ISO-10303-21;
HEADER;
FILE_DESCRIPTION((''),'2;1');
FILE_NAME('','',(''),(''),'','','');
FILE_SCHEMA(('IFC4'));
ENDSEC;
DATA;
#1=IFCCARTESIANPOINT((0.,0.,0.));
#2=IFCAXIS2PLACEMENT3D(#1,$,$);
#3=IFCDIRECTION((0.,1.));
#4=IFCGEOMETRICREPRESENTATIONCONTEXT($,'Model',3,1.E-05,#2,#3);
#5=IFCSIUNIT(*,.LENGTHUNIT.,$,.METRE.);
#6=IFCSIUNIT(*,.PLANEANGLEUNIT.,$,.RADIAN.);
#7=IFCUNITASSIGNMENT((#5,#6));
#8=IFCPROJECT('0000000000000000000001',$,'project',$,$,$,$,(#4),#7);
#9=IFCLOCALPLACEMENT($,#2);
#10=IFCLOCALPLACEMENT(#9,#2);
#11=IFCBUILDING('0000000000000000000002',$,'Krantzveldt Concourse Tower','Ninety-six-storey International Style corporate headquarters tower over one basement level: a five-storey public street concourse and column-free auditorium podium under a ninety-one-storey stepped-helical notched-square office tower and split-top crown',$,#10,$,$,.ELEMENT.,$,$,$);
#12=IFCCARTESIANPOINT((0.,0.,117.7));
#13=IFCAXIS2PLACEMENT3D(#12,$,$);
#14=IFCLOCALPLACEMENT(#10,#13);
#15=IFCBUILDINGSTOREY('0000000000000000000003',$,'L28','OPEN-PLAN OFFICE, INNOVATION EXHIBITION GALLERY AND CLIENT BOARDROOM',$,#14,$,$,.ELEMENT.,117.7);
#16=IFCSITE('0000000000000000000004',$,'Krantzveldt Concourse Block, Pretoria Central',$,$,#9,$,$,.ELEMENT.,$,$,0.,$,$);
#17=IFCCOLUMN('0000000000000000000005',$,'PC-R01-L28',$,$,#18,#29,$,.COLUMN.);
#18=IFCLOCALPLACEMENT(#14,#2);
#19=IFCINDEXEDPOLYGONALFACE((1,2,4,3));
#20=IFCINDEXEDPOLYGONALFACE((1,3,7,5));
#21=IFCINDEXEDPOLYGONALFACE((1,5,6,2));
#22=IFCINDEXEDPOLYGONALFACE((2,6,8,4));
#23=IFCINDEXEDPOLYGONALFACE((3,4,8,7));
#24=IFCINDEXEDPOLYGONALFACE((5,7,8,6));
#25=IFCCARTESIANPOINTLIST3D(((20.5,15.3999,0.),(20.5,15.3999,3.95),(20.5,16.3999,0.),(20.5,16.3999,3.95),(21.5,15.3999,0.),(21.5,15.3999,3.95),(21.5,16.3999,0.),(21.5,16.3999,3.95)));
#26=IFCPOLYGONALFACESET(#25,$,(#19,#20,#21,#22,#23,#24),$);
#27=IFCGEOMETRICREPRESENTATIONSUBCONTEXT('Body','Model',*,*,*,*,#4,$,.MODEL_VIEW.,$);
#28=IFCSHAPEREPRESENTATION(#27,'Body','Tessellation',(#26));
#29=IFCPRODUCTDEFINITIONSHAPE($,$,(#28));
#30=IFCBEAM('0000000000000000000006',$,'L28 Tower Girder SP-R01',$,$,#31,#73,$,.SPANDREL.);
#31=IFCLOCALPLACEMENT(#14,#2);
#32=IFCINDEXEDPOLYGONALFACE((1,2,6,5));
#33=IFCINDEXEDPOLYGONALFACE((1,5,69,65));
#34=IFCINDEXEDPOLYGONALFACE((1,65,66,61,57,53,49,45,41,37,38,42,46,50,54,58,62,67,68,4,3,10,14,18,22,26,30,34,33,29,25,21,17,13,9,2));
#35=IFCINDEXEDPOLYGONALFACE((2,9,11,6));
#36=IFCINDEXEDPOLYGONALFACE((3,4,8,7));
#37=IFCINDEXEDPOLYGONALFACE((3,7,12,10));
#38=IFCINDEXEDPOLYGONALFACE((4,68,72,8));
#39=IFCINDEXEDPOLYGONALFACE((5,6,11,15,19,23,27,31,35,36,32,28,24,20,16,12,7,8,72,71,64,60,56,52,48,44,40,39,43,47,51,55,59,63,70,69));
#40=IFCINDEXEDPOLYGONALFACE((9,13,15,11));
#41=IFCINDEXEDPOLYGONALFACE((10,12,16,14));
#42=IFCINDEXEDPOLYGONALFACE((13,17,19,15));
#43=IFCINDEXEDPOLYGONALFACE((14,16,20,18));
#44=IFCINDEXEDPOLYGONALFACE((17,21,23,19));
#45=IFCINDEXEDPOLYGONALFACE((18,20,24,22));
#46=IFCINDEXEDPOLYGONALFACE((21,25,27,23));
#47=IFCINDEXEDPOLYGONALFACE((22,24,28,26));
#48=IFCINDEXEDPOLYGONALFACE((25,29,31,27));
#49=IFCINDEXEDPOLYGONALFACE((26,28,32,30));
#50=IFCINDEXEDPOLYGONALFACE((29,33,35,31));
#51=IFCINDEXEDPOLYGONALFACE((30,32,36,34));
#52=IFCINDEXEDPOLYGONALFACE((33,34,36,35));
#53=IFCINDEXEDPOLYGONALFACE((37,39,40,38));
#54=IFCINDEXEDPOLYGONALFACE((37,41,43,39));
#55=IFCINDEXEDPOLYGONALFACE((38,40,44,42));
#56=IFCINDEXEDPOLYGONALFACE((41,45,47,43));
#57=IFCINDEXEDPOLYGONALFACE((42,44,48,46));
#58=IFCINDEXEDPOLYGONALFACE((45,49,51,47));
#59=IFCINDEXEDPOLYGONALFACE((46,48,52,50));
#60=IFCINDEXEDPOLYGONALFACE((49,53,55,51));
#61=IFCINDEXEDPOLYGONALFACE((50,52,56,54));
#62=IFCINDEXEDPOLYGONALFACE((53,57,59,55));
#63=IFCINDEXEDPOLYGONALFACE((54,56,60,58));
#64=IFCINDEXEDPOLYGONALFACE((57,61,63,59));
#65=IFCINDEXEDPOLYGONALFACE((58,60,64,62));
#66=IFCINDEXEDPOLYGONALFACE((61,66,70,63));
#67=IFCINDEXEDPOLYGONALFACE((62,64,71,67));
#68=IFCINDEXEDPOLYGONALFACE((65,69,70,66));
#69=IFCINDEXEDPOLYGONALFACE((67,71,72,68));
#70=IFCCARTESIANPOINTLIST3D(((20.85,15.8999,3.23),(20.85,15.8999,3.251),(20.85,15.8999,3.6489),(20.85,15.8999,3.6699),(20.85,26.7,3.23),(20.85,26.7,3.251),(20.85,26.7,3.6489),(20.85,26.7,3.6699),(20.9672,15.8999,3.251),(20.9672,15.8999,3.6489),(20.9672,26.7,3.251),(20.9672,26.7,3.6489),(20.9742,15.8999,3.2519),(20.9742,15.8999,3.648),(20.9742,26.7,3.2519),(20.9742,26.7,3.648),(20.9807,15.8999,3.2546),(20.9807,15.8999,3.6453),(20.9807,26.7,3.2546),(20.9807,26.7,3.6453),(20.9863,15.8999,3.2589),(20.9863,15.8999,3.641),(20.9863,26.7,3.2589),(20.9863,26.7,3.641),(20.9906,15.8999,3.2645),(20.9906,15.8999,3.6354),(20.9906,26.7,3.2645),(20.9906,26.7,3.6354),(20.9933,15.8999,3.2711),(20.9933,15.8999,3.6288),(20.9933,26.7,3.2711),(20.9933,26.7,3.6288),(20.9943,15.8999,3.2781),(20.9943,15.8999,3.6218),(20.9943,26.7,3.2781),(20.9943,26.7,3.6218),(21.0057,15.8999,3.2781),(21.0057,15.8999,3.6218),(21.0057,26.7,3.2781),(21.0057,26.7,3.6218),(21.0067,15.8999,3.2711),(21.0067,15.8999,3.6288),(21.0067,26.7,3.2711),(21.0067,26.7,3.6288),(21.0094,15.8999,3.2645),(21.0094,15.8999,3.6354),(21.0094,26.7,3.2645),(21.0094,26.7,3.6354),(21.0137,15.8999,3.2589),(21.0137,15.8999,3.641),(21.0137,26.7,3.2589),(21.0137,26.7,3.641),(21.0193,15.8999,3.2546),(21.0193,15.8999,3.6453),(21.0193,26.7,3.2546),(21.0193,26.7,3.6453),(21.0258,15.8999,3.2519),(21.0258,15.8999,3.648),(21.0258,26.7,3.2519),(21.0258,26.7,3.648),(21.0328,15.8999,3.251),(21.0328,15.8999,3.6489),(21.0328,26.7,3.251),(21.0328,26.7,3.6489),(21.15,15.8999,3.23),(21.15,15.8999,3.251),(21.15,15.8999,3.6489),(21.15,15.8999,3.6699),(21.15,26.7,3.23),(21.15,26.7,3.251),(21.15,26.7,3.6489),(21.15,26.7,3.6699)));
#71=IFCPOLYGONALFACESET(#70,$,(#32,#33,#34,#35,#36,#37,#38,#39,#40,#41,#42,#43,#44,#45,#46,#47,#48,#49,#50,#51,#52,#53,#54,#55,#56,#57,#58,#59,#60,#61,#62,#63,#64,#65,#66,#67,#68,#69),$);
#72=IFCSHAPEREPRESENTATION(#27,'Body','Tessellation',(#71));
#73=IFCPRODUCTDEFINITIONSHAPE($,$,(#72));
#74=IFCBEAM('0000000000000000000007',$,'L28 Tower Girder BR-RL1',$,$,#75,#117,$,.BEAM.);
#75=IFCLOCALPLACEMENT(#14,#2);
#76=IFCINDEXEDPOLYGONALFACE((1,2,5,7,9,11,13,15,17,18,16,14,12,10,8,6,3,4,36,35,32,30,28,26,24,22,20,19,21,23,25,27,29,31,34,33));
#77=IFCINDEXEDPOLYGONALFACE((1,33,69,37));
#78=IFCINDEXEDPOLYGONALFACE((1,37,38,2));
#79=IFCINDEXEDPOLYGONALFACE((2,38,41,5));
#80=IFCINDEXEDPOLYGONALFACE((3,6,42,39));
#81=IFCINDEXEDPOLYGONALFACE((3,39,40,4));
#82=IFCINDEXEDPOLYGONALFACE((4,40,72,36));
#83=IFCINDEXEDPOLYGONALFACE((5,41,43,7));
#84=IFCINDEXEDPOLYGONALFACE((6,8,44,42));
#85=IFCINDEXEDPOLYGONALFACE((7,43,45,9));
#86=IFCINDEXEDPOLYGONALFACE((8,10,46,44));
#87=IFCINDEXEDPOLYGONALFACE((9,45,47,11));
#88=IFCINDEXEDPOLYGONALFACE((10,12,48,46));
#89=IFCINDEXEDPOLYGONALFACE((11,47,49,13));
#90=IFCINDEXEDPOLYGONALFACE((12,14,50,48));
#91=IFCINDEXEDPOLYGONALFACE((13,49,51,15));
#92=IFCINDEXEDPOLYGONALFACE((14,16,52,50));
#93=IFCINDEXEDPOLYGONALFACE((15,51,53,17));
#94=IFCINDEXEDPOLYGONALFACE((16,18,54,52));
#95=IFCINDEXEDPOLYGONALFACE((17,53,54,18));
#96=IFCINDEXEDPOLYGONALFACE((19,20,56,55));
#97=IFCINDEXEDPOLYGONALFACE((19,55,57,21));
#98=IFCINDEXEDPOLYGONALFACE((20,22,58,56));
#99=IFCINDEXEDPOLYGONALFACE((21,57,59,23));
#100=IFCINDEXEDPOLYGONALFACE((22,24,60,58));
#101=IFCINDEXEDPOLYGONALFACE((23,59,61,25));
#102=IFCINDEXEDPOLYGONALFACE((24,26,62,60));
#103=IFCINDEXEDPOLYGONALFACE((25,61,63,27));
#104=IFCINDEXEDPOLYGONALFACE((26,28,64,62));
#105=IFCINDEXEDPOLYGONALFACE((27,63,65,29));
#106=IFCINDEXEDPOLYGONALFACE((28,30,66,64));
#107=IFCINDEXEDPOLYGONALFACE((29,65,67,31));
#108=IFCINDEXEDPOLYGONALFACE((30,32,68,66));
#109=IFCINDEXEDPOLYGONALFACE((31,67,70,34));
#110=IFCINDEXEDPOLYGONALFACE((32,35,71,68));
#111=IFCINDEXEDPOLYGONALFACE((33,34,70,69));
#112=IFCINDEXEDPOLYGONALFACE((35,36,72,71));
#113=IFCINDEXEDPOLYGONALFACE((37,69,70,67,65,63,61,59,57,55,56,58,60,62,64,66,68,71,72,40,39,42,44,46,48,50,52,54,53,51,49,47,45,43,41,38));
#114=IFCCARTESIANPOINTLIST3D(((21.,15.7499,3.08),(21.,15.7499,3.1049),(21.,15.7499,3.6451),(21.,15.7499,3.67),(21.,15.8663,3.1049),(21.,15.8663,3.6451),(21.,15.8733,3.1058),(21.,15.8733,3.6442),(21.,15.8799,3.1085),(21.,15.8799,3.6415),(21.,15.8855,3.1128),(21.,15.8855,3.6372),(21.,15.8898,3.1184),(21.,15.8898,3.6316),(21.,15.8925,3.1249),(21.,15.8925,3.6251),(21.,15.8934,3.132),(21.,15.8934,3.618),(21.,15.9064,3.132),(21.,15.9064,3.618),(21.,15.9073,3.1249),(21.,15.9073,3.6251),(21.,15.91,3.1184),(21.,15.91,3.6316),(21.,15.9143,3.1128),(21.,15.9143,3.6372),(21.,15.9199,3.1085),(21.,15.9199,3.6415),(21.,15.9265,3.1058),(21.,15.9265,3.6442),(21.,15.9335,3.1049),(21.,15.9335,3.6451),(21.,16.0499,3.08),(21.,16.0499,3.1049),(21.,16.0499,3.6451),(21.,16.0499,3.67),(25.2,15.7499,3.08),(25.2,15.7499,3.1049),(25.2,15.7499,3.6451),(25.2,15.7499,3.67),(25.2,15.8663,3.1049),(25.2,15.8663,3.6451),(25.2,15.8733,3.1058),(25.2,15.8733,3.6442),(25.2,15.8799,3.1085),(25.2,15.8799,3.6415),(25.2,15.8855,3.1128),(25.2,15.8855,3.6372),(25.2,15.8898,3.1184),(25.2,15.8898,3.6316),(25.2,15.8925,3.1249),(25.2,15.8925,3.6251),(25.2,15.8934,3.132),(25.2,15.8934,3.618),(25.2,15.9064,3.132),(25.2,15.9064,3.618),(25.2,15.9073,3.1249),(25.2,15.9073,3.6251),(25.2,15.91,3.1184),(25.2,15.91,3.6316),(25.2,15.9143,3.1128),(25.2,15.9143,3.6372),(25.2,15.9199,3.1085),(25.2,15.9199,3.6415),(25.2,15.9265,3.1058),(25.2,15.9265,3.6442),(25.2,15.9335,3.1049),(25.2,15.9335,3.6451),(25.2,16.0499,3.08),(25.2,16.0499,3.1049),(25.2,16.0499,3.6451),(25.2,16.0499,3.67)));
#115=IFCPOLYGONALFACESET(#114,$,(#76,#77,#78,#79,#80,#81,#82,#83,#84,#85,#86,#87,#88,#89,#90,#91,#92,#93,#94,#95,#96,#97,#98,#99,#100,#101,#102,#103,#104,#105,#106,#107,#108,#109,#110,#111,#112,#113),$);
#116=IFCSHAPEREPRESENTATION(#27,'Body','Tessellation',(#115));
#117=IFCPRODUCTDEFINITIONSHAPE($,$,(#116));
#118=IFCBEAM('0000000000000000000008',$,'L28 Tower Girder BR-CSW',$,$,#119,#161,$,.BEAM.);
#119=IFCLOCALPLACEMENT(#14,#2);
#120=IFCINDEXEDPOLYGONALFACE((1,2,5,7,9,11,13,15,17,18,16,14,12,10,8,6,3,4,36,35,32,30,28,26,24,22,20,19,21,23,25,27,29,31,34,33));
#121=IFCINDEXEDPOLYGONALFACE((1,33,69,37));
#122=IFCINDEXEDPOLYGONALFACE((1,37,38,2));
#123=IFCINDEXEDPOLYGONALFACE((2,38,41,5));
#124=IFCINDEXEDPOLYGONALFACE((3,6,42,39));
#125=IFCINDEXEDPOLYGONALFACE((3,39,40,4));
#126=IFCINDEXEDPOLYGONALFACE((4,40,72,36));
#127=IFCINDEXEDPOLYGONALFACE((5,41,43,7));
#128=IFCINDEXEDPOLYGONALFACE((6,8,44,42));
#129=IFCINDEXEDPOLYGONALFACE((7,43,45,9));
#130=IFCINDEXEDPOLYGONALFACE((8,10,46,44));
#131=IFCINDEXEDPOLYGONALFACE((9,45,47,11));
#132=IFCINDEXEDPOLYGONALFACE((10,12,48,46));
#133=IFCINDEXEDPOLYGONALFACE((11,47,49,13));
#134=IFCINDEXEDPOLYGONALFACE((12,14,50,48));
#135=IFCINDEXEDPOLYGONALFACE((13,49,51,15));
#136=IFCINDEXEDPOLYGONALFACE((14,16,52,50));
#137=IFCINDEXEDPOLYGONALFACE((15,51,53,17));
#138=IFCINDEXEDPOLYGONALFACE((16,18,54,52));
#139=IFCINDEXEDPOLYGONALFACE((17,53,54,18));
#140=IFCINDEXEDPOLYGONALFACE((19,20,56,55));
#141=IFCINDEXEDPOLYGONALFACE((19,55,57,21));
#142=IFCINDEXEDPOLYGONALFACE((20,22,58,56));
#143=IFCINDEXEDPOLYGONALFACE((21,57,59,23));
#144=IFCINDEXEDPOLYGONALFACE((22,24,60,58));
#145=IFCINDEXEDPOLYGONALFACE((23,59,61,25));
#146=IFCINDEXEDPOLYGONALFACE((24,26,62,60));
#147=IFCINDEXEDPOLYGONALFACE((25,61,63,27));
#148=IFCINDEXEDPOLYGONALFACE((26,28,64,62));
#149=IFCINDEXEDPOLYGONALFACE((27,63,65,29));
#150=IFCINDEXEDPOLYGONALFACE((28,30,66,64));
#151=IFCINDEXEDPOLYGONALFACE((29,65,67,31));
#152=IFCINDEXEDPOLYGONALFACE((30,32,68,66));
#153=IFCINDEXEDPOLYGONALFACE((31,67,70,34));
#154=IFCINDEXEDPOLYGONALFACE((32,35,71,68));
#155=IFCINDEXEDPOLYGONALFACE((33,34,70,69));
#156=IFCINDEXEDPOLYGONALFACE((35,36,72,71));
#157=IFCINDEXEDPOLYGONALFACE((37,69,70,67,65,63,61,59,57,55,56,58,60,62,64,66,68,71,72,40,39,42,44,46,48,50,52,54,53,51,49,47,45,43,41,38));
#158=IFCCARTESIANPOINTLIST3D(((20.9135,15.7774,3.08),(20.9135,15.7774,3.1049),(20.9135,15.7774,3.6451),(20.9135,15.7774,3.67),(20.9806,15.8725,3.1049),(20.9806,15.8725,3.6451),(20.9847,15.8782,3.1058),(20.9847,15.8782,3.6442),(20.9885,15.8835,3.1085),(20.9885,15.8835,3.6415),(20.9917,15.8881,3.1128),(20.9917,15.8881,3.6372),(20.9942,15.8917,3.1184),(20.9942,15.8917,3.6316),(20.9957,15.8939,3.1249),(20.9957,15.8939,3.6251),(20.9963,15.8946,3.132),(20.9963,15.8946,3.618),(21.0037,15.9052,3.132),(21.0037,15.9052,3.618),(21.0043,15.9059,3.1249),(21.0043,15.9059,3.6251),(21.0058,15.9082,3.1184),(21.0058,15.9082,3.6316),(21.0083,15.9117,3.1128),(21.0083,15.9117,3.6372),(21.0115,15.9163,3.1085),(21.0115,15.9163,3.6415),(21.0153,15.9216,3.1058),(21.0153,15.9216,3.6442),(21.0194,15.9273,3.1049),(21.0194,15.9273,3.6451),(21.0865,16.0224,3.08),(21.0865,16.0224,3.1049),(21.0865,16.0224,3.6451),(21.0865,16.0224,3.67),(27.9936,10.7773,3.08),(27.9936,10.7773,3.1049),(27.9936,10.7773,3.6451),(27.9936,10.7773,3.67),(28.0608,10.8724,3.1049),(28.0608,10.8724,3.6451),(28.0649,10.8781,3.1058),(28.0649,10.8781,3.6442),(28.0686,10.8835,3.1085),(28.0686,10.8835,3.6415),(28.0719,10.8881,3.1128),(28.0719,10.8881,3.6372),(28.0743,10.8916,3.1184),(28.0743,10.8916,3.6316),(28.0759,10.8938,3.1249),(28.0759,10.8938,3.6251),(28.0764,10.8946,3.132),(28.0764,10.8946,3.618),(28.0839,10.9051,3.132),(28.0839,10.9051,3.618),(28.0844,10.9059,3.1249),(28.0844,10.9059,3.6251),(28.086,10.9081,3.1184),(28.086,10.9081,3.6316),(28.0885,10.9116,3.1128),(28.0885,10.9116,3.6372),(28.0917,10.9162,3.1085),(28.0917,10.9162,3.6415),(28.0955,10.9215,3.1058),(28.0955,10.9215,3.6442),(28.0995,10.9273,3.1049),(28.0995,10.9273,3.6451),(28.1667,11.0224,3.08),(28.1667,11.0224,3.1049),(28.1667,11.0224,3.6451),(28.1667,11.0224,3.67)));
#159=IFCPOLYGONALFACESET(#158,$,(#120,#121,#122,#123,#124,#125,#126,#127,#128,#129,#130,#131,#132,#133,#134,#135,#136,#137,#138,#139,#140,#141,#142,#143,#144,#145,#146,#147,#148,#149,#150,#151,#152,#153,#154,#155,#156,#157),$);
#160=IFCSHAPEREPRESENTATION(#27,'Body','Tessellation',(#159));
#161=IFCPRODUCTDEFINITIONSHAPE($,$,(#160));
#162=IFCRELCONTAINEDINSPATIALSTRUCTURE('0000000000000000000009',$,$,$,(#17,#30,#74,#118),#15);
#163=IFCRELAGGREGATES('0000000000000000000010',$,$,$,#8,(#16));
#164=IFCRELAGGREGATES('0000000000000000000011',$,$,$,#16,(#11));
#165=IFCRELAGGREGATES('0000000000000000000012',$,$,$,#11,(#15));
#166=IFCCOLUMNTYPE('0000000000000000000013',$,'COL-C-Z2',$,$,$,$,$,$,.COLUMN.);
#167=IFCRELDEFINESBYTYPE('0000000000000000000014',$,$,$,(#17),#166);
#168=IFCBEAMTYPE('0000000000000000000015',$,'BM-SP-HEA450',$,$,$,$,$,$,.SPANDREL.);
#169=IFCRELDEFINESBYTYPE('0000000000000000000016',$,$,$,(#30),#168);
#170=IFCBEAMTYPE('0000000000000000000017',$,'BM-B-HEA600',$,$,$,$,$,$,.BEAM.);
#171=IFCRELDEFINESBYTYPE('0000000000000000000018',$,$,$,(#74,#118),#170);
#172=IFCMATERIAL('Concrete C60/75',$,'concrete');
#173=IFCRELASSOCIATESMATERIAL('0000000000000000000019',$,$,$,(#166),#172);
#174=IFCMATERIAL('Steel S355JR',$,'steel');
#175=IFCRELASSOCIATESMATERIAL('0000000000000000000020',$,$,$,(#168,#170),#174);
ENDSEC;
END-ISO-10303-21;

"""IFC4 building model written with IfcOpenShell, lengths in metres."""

from ifc_helpers import new_model, si_unit, direction, frame, origin, origin_2d, place, context, subcontext, project, spatial, rectangle, i_section, extrude, source, transform, mapped, material, material_profile, profile_set, type_object, type_shapes, element, save


model = new_model("IFC4")

# Units and contexts
model_context = context("Model", 3, precision=1e-05, world=origin(), true_north=direction((0.0, 1.0)))
body_context = subcontext(model_context, "Body", "Model", "MODEL_VIEW")
ifc_project = project(units=[si_unit("LENGTHUNIT", "METRE"), si_unit("PLANEANGLEUNIT", "RADIAN")], contexts=[model_context])

# Site, building, storey
site_placement = place(None, origin())
site = spatial("IfcSite", under=ifc_project, at=site_placement, Name="Krantzveldt Concourse Block, Pretoria Central", CompositionType="ELEMENT", RefElevation=0.0)
building_placement = place(site_placement, origin())
building = spatial("IfcBuilding", under=site, at=building_placement, Name="Krantzveldt Concourse Tower", Description="Ninety-six-storey International Style corporate headquarters tower over one basement level: a five-storey public street concourse and column-free auditorium podium under a ninety-one-storey stepped-helical notched-square office tower and split-top crown", CompositionType="ELEMENT")
storey_placement = place(building_placement, frame((0.0, 0.0, 117.7)))
storey = spatial("IfcBuildingStorey", under=building, at=storey_placement, Name="L28", Description="OPEN-PLAN OFFICE, INNOVATION EXHIBITION GALLERY AND CLIENT BOARDROOM", CompositionType="ELEMENT", Elevation=117.7)

# Column
ifc_material_1 = material(Name="Concrete C60/75", Category="concrete")
ifc_material_profile_1 = material_profile(ifc_material_1, rectangle(XDim=1.0, YDim=1.0, at=origin_2d()), Name="Concrete C60/75", Category="concrete")
ifc_profile_set_1 = profile_set([ifc_material_profile_1], Name="Concrete C60/75 - RC 1000x1000")
column_type = type_object("IfcColumnType", Name="COL-C-Z2", PredefinedType="COLUMN", material=ifc_profile_set_1)
shared_shape_1 = source(origin(), body_context, "Body", "SweptSolid", [
    extrude(rectangle(XDim=1.0, YDim=1.0, at=origin_2d()), origin(), (0.0, 0.0, 1.0), 3.95),
])
type_shapes(column_type, [shared_shape_1])
column_placement = place(storey_placement, frame((21.0, 15.8999, 0.0), z_axis=(0.0, 0.0, 1.0), x_axis=(1.0, 0.0, 0.0)))
element("IfcColumn", 1, at=column_placement, inside=storey, type_object=column_type, Name="PC-R01-L28", PredefinedType="COLUMN", context=body_context, shape_type="MappedRepresentation", body=[
    mapped(shared_shape_1, transform((0.0, 0.0, 0.0), x_axis=(1.0, 0.0, 0.0), y_axis=(0.0, 1.0, 0.0), z_axis=(0.0, 0.0, 1.0), scale=1.0)),
])

# Beams
ifc_material_2 = material(Name="Steel S355JR", Category="steel")
ifc_material_profile_2 = material_profile(ifc_material_2, i_section(OverallWidth=0.3, OverallDepth=0.4399, WebThickness=0.0115, FlangeThickness=0.021, FilletRadius=0.0271, at=origin_2d()), Name="Steel S355JR", Category="steel")
ifc_profile_set_2 = profile_set([ifc_material_profile_2], Name="Steel S355JR - HEA 450")
beam_type_1 = type_object("IfcBeamType", Name="BM-SP-HEA450", PredefinedType="SPANDREL", material=ifc_profile_set_2)
shared_shape_2 = source(origin(), body_context, "Body", "SweptSolid", [
    extrude(i_section(OverallWidth=0.3, OverallDepth=0.4399, WebThickness=0.0115, FlangeThickness=0.021, FilletRadius=0.0271, at=origin_2d()), origin(), (0.0, 0.0, 1.0), 10.8),
])
type_shapes(beam_type_1, [shared_shape_2])
beam_1_placement = place(storey_placement, frame((21.0, 15.8999, 3.45), z_axis=(0.0, 1.0, 0.0), x_axis=(-1.0, 0.0, 0.0)))
element("IfcBeam", 2, at=beam_1_placement, inside=storey, type_object=beam_type_1, Name="L28 Tower Girder SP-R01", PredefinedType="SPANDREL", context=body_context, shape_type="MappedRepresentation", body=[
    mapped(shared_shape_2, transform((0.0, 0.0, 0.0), x_axis=(1.0, 0.0, 0.0), y_axis=(0.0, 1.0, 0.0), z_axis=(0.0, 0.0, 1.0), scale=1.0)),
])
ifc_material_profile_3 = material_profile(ifc_material_2, i_section(OverallWidth=0.3, OverallDepth=0.5901, WebThickness=0.0129, FlangeThickness=0.0249, FilletRadius=0.0271, at=origin_2d()), Name="Steel S355JR", Category="steel")
ifc_profile_set_3 = profile_set([ifc_material_profile_3], Name="Steel S355JR - HEA 600")
beam_type_2 = type_object("IfcBeamType", Name="BM-B-HEA600", PredefinedType="BEAM", material=ifc_profile_set_3)
shared_shape_3 = source(origin(), body_context, "Body", "SweptSolid", [
    extrude(i_section(OverallWidth=0.3, OverallDepth=0.5901, WebThickness=0.0129, FlangeThickness=0.0249, FilletRadius=0.0271, at=origin_2d()), origin(), (0.0, 0.0, 1.0), 4.2),
])
beam_2_placement = place(storey_placement, frame((21.0, 15.8999, 3.375), z_axis=(1.0, 0.0, 0.0), x_axis=(0.0, 1.0, 0.0)))
element("IfcBeam", 3, at=beam_2_placement, inside=storey, type_object=beam_type_2, Name="L28 Tower Girder BR-RL1", PredefinedType="BEAM", context=body_context, shape_type="MappedRepresentation", body=[
    mapped(shared_shape_3, transform((0.0, 0.0, 0.0), x_axis=(1.0, 0.0, 0.0), y_axis=(0.0, 1.0, 0.0), z_axis=(0.0, 0.0, 1.0), scale=1.0)),
])
shared_shape_4 = source(origin(), body_context, "Body", "SweptSolid", [
    extrude(i_section(OverallWidth=0.3, OverallDepth=0.5901, WebThickness=0.0129, FlangeThickness=0.0249, FilletRadius=0.0271, at=origin_2d()), origin(), (0.0, 0.0, 1.0), 8.6677),
])
type_shapes(beam_type_2, [shared_shape_3, shared_shape_4])
beam_3_placement = place(storey_placement, frame((21.0, 15.8999, 3.375), z_axis=(0.816843, -0.57686, 0.0), x_axis=(0.57686, 0.816843, 0.0)))
element("IfcBeam", 4, at=beam_3_placement, inside=storey, type_object=beam_type_2, Name="L28 Tower Girder BR-CSW", PredefinedType="BEAM", context=body_context, shape_type="MappedRepresentation", body=[
    mapped(shared_shape_4, transform((0.0, 0.0, 0.0), x_axis=(1.0, 0.0, 0.0), y_axis=(0.0, 1.0, 0.0), z_axis=(0.0, 0.0, 1.0), scale=1.0)),
])

save(model, "model.ifc")
